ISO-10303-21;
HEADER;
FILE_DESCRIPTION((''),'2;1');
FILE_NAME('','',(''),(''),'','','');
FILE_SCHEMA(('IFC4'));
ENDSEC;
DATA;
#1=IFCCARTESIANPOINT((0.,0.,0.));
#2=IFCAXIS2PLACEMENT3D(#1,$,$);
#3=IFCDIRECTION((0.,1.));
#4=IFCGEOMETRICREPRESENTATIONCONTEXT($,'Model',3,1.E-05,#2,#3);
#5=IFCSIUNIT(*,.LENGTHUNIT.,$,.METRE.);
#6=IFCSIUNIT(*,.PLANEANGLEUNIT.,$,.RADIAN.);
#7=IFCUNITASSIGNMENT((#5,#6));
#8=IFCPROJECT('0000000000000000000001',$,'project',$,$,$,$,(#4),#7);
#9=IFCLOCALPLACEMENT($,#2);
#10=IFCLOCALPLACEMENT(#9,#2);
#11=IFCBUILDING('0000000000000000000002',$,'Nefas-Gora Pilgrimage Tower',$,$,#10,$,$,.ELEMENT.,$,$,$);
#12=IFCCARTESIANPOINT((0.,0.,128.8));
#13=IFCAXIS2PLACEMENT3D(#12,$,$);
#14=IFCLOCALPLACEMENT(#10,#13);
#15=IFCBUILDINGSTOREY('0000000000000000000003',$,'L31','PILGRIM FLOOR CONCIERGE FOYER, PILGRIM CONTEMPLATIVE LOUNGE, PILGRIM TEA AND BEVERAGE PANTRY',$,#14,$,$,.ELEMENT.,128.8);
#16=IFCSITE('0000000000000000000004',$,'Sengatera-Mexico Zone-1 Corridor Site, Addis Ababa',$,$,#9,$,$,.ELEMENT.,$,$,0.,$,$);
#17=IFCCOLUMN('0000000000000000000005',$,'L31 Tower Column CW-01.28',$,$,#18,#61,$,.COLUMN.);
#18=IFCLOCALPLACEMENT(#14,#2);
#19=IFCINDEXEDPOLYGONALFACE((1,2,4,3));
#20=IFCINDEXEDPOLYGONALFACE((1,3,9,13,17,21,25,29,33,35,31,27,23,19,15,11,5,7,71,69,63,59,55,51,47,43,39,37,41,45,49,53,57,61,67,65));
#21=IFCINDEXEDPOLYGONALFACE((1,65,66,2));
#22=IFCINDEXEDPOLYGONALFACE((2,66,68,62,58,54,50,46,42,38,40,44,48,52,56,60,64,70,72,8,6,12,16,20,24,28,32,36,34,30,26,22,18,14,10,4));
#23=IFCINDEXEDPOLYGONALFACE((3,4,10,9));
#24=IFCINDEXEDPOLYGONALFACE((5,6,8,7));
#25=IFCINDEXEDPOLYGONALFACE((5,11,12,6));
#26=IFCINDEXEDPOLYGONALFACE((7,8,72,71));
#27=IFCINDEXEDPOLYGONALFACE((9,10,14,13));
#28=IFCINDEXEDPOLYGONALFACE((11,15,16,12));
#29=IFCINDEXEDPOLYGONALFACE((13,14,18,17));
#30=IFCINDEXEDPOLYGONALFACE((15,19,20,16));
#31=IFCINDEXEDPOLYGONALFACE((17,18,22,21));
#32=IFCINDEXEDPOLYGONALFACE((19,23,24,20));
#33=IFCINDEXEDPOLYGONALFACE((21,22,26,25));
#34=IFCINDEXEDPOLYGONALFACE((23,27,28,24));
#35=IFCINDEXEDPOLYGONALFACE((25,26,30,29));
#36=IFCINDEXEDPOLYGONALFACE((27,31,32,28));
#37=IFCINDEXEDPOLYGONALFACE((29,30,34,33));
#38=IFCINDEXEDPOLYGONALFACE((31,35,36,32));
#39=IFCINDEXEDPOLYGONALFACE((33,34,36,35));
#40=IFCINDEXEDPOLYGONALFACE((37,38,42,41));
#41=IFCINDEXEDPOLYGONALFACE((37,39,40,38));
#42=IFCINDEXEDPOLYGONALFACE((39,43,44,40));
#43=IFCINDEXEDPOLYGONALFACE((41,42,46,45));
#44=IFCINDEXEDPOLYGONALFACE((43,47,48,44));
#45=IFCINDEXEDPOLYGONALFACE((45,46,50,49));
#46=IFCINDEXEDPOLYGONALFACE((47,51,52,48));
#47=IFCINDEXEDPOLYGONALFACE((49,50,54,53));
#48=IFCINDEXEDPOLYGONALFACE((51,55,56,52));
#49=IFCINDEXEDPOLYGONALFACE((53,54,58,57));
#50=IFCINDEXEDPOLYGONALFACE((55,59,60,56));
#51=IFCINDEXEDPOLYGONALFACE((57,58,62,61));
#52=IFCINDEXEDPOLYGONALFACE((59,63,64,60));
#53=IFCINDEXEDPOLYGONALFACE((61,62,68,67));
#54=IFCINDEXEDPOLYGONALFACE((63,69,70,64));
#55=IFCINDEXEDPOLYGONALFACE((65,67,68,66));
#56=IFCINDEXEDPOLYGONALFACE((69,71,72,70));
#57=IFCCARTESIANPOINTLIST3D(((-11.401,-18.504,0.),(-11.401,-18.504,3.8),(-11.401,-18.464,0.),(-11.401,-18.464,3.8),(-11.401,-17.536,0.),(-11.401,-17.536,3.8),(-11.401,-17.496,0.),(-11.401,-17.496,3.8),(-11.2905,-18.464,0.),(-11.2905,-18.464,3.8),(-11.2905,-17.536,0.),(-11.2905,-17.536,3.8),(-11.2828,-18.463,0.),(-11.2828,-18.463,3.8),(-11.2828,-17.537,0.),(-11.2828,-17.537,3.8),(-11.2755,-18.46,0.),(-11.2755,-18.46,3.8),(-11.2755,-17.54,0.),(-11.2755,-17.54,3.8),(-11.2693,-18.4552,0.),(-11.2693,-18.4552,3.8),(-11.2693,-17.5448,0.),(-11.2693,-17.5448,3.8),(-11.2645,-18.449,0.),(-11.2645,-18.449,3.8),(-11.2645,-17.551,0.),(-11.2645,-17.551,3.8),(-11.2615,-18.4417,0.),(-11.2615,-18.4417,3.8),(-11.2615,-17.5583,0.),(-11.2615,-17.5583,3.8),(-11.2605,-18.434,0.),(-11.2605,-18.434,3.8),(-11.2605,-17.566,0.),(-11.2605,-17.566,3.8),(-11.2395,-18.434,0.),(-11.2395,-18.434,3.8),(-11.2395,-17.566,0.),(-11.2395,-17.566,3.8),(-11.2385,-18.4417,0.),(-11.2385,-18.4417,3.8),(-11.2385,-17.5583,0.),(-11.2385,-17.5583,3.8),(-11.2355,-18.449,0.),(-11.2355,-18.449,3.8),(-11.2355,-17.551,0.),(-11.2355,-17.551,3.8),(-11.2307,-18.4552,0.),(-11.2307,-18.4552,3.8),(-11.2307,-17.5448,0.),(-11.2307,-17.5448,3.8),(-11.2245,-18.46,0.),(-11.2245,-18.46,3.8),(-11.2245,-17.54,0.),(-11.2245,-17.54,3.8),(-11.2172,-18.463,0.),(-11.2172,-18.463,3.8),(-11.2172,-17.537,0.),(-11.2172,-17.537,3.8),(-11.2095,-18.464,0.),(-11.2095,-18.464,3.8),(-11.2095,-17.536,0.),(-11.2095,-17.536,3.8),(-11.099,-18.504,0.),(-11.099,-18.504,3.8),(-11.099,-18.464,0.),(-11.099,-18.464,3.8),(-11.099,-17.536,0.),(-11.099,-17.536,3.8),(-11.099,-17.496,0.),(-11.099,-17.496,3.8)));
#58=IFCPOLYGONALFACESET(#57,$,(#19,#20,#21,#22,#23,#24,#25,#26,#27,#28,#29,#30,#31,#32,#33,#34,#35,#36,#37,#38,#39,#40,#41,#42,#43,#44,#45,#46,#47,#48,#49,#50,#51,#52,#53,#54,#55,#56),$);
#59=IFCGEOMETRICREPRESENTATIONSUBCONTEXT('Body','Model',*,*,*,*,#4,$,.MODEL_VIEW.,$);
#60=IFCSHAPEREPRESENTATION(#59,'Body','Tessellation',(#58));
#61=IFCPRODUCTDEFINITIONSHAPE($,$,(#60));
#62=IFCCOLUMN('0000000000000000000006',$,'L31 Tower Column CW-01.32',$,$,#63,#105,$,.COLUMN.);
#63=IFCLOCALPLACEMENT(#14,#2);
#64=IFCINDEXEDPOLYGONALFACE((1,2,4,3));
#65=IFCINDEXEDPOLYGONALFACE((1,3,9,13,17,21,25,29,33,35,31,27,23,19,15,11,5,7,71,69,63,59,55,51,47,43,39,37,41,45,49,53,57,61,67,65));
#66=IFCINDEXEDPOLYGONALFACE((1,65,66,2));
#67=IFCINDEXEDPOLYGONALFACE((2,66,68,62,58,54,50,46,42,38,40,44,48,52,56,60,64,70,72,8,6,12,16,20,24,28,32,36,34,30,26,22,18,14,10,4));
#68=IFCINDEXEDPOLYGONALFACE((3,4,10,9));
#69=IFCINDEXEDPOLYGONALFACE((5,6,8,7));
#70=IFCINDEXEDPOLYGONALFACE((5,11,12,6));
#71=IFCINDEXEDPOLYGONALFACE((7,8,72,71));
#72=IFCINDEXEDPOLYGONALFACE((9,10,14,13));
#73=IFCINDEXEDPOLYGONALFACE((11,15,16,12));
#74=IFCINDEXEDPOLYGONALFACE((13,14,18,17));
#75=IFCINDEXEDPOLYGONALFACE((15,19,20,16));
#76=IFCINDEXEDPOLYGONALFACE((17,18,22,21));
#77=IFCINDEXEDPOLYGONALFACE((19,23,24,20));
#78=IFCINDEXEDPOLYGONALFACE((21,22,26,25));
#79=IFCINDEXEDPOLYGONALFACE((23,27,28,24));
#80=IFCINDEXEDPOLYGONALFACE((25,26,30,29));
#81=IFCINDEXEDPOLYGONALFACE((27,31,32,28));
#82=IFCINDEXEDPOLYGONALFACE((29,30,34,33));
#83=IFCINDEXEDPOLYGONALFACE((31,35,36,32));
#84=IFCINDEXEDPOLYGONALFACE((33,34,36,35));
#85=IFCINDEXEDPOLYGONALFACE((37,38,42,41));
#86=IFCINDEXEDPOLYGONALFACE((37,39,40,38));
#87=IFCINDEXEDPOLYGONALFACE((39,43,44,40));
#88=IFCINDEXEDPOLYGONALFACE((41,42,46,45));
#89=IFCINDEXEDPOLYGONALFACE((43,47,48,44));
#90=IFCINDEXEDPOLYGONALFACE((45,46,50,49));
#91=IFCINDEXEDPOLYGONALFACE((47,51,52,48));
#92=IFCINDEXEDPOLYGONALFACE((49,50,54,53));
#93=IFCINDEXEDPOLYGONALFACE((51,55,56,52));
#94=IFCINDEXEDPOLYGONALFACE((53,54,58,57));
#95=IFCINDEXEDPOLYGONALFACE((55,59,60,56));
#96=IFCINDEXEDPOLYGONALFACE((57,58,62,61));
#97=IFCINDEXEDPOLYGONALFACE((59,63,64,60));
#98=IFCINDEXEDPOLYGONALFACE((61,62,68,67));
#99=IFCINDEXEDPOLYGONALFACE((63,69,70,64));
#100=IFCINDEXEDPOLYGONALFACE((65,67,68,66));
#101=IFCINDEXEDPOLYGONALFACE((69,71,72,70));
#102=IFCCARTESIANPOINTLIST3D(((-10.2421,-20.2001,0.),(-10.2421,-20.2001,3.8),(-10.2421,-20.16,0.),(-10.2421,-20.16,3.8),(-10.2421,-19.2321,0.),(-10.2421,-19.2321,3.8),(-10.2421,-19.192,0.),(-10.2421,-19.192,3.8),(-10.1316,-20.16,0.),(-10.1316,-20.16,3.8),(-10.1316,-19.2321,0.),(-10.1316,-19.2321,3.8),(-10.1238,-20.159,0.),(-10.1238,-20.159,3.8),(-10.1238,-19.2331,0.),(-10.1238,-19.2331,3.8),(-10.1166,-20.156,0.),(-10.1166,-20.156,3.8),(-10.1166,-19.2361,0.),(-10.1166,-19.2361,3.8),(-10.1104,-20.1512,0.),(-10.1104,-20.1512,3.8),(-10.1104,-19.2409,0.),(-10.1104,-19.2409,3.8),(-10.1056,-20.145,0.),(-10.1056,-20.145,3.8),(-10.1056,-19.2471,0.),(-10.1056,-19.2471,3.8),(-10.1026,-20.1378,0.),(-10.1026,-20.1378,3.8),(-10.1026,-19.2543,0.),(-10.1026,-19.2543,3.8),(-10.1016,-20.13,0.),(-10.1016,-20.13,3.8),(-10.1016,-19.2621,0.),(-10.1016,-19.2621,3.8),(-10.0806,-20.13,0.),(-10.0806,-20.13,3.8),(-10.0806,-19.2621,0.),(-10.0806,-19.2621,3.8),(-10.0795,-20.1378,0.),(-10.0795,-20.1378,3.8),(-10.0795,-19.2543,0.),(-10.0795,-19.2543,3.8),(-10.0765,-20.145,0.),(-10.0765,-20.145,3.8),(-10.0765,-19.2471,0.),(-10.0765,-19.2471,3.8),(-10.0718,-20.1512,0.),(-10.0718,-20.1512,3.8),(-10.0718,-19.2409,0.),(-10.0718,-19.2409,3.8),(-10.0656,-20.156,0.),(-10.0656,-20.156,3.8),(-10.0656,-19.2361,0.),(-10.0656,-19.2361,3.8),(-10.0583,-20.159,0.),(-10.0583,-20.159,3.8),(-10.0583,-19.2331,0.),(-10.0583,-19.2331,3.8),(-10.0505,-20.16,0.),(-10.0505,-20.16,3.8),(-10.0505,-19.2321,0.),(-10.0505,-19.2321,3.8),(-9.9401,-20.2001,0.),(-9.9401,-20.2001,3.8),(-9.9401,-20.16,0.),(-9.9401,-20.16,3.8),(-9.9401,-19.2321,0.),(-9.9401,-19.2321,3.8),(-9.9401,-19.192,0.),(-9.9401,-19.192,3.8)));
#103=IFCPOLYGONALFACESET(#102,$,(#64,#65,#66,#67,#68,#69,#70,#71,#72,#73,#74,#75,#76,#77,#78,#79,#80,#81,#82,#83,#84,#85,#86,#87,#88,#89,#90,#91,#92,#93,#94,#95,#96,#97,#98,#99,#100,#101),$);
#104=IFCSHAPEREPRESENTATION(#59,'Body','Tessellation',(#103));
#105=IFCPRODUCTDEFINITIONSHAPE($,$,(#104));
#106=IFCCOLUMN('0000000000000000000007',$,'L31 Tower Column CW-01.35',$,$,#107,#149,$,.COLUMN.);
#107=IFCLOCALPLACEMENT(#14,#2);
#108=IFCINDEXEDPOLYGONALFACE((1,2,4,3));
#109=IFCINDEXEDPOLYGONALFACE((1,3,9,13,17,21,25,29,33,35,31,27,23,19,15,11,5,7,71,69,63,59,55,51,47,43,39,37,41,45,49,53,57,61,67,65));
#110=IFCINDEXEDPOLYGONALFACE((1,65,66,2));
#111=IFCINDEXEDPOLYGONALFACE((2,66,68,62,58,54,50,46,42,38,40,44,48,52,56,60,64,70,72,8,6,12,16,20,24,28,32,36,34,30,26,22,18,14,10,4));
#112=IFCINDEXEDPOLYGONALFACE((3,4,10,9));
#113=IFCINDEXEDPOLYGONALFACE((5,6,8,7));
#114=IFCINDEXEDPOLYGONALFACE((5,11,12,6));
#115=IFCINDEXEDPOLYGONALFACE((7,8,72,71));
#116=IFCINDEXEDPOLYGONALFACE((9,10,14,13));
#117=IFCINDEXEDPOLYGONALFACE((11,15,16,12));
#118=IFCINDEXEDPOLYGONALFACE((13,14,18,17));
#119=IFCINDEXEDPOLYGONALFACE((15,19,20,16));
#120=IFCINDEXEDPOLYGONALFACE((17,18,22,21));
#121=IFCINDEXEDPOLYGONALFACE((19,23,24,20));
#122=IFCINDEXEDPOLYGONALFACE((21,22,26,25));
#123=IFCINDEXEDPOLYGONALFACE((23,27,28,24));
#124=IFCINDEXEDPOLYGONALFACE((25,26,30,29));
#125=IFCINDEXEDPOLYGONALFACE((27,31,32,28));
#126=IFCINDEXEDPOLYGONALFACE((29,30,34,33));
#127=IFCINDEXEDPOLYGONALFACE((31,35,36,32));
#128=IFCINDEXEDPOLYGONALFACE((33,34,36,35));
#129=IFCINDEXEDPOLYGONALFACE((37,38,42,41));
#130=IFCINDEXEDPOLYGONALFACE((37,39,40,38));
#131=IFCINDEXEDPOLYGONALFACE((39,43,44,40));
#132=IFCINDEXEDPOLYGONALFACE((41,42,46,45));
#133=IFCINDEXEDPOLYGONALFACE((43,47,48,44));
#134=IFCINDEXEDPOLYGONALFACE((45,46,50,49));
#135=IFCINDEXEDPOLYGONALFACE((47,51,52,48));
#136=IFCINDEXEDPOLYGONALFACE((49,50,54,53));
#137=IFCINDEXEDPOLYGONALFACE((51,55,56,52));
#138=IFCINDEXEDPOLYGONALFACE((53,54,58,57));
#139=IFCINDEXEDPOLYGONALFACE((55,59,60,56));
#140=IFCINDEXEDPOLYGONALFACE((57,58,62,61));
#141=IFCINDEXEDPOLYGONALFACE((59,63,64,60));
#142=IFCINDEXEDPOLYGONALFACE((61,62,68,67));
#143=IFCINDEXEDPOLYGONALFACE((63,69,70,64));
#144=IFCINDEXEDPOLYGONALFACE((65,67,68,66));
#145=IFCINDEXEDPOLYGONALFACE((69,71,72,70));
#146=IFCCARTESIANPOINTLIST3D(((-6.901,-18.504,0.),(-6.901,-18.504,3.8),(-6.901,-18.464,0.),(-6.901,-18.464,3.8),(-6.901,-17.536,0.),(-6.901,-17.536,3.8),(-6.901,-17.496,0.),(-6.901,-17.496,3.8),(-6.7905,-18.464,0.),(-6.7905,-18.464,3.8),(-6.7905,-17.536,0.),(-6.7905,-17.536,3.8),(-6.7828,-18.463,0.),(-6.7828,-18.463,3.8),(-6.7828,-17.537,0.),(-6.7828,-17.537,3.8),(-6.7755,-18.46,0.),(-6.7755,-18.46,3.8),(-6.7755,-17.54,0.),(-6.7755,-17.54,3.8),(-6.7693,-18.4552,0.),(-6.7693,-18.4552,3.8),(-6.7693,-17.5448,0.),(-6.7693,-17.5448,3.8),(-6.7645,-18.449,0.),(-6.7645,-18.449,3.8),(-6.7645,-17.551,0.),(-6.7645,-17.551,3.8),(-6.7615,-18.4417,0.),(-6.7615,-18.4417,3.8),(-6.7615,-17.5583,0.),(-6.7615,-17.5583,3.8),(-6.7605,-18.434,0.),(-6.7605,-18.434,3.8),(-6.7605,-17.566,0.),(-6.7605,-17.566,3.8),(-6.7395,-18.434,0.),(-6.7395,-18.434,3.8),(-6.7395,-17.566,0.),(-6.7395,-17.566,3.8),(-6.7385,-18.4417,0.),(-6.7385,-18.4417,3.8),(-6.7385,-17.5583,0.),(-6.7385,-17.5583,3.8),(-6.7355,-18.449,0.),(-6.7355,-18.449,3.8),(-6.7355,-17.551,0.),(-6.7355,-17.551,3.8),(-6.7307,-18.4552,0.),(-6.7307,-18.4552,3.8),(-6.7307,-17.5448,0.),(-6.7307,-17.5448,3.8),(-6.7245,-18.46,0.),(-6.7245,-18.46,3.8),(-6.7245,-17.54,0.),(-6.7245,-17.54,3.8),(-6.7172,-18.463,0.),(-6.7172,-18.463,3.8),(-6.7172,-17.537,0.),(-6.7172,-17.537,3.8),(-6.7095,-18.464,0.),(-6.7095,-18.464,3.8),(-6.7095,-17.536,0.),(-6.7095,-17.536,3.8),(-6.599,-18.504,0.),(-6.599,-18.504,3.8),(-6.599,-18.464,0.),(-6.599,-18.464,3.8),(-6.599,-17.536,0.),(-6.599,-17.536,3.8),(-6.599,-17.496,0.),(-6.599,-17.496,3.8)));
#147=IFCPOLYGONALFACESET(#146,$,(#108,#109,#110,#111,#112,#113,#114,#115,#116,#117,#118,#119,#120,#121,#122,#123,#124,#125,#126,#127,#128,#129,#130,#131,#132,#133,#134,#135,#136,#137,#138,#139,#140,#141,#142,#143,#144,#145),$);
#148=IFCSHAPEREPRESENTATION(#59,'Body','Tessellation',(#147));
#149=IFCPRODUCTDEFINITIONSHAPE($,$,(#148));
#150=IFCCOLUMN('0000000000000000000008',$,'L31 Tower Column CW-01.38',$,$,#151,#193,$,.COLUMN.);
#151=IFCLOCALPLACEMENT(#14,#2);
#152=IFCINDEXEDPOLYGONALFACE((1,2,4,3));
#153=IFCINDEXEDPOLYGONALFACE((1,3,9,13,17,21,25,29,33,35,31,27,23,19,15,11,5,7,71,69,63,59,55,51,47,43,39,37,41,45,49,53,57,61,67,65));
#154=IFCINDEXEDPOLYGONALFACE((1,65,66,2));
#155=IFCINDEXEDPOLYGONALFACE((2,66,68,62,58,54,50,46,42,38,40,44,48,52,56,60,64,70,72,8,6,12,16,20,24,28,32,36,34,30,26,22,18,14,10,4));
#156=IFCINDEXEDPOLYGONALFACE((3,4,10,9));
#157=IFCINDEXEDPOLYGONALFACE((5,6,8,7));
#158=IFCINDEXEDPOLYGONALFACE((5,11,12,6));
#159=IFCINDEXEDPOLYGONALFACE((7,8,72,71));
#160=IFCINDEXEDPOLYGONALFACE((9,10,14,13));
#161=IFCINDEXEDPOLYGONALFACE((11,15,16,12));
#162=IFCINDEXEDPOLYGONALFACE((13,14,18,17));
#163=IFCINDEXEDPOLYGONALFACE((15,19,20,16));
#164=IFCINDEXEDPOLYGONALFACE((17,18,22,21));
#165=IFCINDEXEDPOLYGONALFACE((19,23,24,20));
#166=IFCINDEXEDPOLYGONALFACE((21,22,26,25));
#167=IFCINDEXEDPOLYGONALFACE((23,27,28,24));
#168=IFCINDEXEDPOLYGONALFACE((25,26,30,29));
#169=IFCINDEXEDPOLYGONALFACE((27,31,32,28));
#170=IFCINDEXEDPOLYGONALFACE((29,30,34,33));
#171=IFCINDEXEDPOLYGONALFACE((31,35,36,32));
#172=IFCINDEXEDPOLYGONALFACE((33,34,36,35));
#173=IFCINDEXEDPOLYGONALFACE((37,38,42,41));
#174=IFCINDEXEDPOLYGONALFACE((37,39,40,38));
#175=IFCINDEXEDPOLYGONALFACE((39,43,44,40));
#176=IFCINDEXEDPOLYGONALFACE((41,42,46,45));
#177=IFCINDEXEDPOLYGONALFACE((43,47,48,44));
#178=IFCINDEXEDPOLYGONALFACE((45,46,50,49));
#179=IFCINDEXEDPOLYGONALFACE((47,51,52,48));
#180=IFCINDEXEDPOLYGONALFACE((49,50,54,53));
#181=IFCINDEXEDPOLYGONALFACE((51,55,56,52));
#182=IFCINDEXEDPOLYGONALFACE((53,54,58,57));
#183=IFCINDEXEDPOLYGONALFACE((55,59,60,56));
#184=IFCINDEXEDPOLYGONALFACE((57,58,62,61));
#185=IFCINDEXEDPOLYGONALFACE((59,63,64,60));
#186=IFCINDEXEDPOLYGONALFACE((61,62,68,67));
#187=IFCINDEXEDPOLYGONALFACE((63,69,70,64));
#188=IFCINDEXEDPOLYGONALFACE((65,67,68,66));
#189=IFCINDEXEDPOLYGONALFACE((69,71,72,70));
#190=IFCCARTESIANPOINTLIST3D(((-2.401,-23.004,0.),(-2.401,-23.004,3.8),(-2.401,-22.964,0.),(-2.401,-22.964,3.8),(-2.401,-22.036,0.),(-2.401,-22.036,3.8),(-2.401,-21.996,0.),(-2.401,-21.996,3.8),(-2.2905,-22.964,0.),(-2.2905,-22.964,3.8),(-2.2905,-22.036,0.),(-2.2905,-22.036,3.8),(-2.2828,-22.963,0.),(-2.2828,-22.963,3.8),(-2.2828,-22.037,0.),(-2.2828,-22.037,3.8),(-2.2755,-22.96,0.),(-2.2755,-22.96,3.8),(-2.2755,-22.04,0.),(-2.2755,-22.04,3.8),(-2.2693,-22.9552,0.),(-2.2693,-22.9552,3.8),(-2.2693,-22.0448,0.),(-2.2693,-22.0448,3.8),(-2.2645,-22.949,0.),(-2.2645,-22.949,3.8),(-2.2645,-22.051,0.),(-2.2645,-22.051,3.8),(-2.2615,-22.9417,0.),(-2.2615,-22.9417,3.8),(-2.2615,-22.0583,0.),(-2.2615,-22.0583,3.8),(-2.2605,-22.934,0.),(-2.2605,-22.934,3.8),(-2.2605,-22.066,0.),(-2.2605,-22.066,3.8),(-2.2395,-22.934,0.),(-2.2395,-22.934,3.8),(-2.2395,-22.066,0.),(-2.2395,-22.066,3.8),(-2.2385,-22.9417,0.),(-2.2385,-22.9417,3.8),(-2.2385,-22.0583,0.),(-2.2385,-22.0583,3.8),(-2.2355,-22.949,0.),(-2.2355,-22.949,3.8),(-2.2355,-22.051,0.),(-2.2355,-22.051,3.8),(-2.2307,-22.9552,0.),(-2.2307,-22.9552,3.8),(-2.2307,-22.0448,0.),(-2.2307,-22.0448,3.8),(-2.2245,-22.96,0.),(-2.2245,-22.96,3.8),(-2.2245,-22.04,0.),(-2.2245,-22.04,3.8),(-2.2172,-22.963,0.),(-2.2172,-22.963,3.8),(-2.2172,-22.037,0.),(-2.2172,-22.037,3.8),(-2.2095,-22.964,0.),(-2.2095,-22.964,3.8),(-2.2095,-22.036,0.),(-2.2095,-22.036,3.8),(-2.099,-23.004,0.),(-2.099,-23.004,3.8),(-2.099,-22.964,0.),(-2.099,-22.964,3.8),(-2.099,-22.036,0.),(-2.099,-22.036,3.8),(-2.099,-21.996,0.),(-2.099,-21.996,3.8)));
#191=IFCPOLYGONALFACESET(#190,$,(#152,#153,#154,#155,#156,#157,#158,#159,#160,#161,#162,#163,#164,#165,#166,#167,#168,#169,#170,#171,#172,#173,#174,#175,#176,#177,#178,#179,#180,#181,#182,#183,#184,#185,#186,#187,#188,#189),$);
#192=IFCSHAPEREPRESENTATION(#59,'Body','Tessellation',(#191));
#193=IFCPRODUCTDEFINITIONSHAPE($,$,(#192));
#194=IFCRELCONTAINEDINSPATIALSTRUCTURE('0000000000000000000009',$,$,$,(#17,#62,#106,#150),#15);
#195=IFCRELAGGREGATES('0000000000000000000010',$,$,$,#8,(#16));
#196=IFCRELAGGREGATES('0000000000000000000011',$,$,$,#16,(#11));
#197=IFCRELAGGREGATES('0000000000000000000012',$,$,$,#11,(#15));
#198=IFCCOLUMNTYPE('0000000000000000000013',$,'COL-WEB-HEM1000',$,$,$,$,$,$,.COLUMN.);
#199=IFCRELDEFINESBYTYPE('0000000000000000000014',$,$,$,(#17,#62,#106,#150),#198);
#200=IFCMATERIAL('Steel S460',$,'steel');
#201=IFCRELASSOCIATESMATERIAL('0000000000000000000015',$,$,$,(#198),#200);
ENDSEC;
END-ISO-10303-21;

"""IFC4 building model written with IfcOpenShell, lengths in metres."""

from ifc_helpers import new_model, si_unit, direction, frame, origin, origin_2d, place, context, subcontext, project, spatial, i_section, extrude, source, transform, mapped, material, material_profile, profile_set, type_object, element, save


model = new_model("IFC4")

# Units and contexts
model_context = context("Model", 3, precision=1e-05, world=origin(), true_north=direction((0.0, 1.0)))
body_context = subcontext(model_context, "Body", "Model", "MODEL_VIEW")
ifc_project = project(units=[si_unit("LENGTHUNIT", "METRE"), si_unit("PLANEANGLEUNIT", "RADIAN")], contexts=[model_context])

# Site, building, storey
site_placement = place(None, origin())
site = spatial("IfcSite", under=ifc_project, at=site_placement, Name="Sengatera-Mexico Zone-1 Corridor Site, Addis Ababa", CompositionType="ELEMENT", RefElevation=0.0)
building_placement = place(site_placement, origin())
building = spatial("IfcBuilding", under=site, at=building_placement, Name="Nefas-Gora Pilgrimage Tower", CompositionType="ELEMENT")
storey_placement = place(building_placement, frame((0.0, 0.0, 128.8)))
storey = spatial("IfcBuildingStorey", under=building, at=storey_placement, Name="L31", Description="PILGRIM FLOOR CONCIERGE FOYER, PILGRIM CONTEMPLATIVE LOUNGE, PILGRIM TEA AND BEVERAGE PANTRY", CompositionType="ELEMENT", Elevation=128.8)

# Columns
ifc_material_1 = material(Name="Steel S460", Category="steel")
ifc_material_profile_1 = material_profile(ifc_material_1, i_section(OverallWidth=0.302, OverallDepth=1.0081, WebThickness=0.021, FlangeThickness=0.04, FilletRadius=0.03, at=origin_2d()), Name="HEM 1000")
ifc_profile_set_1 = profile_set([ifc_material_profile_1], Name="Steel S460")
column_type_1 = type_object("IfcColumnType", Name="COL-WEB-HEM1000", PredefinedType="COLUMN", material=ifc_profile_set_1)
shared_shape_1 = source(origin(), body_context, "Body", "SweptSolid", [
    extrude(i_section(OverallWidth=0.302, OverallDepth=1.0081, WebThickness=0.021, FlangeThickness=0.04, FilletRadius=0.03, at=origin_2d()), origin(), (0.0, 0.0, 1.0), 3.8),
])
for number, where, z_axis, x_axis, name in (
    (1, (-11.25, -18.0, 0.0), (0.0, 0.0, 1.0), (1.0, 0.0, 0.0), "L31 Tower Column CW-01.28"),
    (2, (-10.0911, -19.696, 0.0), (0.0, 0.0, 1.0), (1.0, 0.0, 0.0), "L31 Tower Column CW-01.32"),
    (3, (-6.75, -18.0, 0.0), (0.0, 0.0, 1.0), (1.0, 0.0, 0.0), "L31 Tower Column CW-01.35"),
    (4, (-2.25, -22.5, 0.0), (0.0, 0.0, 1.0), (1.0, 0.0, 0.0), "L31 Tower Column CW-01.38"),
):
    element("IfcColumn", number, at=place(storey_placement, frame(where, z_axis=z_axis, x_axis=x_axis)), inside=storey, type_object=column_type_1, Name=name, PredefinedType="COLUMN", context=body_context, shape_type="MappedRepresentation", body=[
        mapped(shared_shape_1, transform((0.0, 0.0, 0.0), x_axis=(1.0, 0.0, 0.0), y_axis=(0.0, 1.0, 0.0), z_axis=(0.0, 0.0, 1.0), scale=1.0)),
    ])

save(model, "model.ifc")
